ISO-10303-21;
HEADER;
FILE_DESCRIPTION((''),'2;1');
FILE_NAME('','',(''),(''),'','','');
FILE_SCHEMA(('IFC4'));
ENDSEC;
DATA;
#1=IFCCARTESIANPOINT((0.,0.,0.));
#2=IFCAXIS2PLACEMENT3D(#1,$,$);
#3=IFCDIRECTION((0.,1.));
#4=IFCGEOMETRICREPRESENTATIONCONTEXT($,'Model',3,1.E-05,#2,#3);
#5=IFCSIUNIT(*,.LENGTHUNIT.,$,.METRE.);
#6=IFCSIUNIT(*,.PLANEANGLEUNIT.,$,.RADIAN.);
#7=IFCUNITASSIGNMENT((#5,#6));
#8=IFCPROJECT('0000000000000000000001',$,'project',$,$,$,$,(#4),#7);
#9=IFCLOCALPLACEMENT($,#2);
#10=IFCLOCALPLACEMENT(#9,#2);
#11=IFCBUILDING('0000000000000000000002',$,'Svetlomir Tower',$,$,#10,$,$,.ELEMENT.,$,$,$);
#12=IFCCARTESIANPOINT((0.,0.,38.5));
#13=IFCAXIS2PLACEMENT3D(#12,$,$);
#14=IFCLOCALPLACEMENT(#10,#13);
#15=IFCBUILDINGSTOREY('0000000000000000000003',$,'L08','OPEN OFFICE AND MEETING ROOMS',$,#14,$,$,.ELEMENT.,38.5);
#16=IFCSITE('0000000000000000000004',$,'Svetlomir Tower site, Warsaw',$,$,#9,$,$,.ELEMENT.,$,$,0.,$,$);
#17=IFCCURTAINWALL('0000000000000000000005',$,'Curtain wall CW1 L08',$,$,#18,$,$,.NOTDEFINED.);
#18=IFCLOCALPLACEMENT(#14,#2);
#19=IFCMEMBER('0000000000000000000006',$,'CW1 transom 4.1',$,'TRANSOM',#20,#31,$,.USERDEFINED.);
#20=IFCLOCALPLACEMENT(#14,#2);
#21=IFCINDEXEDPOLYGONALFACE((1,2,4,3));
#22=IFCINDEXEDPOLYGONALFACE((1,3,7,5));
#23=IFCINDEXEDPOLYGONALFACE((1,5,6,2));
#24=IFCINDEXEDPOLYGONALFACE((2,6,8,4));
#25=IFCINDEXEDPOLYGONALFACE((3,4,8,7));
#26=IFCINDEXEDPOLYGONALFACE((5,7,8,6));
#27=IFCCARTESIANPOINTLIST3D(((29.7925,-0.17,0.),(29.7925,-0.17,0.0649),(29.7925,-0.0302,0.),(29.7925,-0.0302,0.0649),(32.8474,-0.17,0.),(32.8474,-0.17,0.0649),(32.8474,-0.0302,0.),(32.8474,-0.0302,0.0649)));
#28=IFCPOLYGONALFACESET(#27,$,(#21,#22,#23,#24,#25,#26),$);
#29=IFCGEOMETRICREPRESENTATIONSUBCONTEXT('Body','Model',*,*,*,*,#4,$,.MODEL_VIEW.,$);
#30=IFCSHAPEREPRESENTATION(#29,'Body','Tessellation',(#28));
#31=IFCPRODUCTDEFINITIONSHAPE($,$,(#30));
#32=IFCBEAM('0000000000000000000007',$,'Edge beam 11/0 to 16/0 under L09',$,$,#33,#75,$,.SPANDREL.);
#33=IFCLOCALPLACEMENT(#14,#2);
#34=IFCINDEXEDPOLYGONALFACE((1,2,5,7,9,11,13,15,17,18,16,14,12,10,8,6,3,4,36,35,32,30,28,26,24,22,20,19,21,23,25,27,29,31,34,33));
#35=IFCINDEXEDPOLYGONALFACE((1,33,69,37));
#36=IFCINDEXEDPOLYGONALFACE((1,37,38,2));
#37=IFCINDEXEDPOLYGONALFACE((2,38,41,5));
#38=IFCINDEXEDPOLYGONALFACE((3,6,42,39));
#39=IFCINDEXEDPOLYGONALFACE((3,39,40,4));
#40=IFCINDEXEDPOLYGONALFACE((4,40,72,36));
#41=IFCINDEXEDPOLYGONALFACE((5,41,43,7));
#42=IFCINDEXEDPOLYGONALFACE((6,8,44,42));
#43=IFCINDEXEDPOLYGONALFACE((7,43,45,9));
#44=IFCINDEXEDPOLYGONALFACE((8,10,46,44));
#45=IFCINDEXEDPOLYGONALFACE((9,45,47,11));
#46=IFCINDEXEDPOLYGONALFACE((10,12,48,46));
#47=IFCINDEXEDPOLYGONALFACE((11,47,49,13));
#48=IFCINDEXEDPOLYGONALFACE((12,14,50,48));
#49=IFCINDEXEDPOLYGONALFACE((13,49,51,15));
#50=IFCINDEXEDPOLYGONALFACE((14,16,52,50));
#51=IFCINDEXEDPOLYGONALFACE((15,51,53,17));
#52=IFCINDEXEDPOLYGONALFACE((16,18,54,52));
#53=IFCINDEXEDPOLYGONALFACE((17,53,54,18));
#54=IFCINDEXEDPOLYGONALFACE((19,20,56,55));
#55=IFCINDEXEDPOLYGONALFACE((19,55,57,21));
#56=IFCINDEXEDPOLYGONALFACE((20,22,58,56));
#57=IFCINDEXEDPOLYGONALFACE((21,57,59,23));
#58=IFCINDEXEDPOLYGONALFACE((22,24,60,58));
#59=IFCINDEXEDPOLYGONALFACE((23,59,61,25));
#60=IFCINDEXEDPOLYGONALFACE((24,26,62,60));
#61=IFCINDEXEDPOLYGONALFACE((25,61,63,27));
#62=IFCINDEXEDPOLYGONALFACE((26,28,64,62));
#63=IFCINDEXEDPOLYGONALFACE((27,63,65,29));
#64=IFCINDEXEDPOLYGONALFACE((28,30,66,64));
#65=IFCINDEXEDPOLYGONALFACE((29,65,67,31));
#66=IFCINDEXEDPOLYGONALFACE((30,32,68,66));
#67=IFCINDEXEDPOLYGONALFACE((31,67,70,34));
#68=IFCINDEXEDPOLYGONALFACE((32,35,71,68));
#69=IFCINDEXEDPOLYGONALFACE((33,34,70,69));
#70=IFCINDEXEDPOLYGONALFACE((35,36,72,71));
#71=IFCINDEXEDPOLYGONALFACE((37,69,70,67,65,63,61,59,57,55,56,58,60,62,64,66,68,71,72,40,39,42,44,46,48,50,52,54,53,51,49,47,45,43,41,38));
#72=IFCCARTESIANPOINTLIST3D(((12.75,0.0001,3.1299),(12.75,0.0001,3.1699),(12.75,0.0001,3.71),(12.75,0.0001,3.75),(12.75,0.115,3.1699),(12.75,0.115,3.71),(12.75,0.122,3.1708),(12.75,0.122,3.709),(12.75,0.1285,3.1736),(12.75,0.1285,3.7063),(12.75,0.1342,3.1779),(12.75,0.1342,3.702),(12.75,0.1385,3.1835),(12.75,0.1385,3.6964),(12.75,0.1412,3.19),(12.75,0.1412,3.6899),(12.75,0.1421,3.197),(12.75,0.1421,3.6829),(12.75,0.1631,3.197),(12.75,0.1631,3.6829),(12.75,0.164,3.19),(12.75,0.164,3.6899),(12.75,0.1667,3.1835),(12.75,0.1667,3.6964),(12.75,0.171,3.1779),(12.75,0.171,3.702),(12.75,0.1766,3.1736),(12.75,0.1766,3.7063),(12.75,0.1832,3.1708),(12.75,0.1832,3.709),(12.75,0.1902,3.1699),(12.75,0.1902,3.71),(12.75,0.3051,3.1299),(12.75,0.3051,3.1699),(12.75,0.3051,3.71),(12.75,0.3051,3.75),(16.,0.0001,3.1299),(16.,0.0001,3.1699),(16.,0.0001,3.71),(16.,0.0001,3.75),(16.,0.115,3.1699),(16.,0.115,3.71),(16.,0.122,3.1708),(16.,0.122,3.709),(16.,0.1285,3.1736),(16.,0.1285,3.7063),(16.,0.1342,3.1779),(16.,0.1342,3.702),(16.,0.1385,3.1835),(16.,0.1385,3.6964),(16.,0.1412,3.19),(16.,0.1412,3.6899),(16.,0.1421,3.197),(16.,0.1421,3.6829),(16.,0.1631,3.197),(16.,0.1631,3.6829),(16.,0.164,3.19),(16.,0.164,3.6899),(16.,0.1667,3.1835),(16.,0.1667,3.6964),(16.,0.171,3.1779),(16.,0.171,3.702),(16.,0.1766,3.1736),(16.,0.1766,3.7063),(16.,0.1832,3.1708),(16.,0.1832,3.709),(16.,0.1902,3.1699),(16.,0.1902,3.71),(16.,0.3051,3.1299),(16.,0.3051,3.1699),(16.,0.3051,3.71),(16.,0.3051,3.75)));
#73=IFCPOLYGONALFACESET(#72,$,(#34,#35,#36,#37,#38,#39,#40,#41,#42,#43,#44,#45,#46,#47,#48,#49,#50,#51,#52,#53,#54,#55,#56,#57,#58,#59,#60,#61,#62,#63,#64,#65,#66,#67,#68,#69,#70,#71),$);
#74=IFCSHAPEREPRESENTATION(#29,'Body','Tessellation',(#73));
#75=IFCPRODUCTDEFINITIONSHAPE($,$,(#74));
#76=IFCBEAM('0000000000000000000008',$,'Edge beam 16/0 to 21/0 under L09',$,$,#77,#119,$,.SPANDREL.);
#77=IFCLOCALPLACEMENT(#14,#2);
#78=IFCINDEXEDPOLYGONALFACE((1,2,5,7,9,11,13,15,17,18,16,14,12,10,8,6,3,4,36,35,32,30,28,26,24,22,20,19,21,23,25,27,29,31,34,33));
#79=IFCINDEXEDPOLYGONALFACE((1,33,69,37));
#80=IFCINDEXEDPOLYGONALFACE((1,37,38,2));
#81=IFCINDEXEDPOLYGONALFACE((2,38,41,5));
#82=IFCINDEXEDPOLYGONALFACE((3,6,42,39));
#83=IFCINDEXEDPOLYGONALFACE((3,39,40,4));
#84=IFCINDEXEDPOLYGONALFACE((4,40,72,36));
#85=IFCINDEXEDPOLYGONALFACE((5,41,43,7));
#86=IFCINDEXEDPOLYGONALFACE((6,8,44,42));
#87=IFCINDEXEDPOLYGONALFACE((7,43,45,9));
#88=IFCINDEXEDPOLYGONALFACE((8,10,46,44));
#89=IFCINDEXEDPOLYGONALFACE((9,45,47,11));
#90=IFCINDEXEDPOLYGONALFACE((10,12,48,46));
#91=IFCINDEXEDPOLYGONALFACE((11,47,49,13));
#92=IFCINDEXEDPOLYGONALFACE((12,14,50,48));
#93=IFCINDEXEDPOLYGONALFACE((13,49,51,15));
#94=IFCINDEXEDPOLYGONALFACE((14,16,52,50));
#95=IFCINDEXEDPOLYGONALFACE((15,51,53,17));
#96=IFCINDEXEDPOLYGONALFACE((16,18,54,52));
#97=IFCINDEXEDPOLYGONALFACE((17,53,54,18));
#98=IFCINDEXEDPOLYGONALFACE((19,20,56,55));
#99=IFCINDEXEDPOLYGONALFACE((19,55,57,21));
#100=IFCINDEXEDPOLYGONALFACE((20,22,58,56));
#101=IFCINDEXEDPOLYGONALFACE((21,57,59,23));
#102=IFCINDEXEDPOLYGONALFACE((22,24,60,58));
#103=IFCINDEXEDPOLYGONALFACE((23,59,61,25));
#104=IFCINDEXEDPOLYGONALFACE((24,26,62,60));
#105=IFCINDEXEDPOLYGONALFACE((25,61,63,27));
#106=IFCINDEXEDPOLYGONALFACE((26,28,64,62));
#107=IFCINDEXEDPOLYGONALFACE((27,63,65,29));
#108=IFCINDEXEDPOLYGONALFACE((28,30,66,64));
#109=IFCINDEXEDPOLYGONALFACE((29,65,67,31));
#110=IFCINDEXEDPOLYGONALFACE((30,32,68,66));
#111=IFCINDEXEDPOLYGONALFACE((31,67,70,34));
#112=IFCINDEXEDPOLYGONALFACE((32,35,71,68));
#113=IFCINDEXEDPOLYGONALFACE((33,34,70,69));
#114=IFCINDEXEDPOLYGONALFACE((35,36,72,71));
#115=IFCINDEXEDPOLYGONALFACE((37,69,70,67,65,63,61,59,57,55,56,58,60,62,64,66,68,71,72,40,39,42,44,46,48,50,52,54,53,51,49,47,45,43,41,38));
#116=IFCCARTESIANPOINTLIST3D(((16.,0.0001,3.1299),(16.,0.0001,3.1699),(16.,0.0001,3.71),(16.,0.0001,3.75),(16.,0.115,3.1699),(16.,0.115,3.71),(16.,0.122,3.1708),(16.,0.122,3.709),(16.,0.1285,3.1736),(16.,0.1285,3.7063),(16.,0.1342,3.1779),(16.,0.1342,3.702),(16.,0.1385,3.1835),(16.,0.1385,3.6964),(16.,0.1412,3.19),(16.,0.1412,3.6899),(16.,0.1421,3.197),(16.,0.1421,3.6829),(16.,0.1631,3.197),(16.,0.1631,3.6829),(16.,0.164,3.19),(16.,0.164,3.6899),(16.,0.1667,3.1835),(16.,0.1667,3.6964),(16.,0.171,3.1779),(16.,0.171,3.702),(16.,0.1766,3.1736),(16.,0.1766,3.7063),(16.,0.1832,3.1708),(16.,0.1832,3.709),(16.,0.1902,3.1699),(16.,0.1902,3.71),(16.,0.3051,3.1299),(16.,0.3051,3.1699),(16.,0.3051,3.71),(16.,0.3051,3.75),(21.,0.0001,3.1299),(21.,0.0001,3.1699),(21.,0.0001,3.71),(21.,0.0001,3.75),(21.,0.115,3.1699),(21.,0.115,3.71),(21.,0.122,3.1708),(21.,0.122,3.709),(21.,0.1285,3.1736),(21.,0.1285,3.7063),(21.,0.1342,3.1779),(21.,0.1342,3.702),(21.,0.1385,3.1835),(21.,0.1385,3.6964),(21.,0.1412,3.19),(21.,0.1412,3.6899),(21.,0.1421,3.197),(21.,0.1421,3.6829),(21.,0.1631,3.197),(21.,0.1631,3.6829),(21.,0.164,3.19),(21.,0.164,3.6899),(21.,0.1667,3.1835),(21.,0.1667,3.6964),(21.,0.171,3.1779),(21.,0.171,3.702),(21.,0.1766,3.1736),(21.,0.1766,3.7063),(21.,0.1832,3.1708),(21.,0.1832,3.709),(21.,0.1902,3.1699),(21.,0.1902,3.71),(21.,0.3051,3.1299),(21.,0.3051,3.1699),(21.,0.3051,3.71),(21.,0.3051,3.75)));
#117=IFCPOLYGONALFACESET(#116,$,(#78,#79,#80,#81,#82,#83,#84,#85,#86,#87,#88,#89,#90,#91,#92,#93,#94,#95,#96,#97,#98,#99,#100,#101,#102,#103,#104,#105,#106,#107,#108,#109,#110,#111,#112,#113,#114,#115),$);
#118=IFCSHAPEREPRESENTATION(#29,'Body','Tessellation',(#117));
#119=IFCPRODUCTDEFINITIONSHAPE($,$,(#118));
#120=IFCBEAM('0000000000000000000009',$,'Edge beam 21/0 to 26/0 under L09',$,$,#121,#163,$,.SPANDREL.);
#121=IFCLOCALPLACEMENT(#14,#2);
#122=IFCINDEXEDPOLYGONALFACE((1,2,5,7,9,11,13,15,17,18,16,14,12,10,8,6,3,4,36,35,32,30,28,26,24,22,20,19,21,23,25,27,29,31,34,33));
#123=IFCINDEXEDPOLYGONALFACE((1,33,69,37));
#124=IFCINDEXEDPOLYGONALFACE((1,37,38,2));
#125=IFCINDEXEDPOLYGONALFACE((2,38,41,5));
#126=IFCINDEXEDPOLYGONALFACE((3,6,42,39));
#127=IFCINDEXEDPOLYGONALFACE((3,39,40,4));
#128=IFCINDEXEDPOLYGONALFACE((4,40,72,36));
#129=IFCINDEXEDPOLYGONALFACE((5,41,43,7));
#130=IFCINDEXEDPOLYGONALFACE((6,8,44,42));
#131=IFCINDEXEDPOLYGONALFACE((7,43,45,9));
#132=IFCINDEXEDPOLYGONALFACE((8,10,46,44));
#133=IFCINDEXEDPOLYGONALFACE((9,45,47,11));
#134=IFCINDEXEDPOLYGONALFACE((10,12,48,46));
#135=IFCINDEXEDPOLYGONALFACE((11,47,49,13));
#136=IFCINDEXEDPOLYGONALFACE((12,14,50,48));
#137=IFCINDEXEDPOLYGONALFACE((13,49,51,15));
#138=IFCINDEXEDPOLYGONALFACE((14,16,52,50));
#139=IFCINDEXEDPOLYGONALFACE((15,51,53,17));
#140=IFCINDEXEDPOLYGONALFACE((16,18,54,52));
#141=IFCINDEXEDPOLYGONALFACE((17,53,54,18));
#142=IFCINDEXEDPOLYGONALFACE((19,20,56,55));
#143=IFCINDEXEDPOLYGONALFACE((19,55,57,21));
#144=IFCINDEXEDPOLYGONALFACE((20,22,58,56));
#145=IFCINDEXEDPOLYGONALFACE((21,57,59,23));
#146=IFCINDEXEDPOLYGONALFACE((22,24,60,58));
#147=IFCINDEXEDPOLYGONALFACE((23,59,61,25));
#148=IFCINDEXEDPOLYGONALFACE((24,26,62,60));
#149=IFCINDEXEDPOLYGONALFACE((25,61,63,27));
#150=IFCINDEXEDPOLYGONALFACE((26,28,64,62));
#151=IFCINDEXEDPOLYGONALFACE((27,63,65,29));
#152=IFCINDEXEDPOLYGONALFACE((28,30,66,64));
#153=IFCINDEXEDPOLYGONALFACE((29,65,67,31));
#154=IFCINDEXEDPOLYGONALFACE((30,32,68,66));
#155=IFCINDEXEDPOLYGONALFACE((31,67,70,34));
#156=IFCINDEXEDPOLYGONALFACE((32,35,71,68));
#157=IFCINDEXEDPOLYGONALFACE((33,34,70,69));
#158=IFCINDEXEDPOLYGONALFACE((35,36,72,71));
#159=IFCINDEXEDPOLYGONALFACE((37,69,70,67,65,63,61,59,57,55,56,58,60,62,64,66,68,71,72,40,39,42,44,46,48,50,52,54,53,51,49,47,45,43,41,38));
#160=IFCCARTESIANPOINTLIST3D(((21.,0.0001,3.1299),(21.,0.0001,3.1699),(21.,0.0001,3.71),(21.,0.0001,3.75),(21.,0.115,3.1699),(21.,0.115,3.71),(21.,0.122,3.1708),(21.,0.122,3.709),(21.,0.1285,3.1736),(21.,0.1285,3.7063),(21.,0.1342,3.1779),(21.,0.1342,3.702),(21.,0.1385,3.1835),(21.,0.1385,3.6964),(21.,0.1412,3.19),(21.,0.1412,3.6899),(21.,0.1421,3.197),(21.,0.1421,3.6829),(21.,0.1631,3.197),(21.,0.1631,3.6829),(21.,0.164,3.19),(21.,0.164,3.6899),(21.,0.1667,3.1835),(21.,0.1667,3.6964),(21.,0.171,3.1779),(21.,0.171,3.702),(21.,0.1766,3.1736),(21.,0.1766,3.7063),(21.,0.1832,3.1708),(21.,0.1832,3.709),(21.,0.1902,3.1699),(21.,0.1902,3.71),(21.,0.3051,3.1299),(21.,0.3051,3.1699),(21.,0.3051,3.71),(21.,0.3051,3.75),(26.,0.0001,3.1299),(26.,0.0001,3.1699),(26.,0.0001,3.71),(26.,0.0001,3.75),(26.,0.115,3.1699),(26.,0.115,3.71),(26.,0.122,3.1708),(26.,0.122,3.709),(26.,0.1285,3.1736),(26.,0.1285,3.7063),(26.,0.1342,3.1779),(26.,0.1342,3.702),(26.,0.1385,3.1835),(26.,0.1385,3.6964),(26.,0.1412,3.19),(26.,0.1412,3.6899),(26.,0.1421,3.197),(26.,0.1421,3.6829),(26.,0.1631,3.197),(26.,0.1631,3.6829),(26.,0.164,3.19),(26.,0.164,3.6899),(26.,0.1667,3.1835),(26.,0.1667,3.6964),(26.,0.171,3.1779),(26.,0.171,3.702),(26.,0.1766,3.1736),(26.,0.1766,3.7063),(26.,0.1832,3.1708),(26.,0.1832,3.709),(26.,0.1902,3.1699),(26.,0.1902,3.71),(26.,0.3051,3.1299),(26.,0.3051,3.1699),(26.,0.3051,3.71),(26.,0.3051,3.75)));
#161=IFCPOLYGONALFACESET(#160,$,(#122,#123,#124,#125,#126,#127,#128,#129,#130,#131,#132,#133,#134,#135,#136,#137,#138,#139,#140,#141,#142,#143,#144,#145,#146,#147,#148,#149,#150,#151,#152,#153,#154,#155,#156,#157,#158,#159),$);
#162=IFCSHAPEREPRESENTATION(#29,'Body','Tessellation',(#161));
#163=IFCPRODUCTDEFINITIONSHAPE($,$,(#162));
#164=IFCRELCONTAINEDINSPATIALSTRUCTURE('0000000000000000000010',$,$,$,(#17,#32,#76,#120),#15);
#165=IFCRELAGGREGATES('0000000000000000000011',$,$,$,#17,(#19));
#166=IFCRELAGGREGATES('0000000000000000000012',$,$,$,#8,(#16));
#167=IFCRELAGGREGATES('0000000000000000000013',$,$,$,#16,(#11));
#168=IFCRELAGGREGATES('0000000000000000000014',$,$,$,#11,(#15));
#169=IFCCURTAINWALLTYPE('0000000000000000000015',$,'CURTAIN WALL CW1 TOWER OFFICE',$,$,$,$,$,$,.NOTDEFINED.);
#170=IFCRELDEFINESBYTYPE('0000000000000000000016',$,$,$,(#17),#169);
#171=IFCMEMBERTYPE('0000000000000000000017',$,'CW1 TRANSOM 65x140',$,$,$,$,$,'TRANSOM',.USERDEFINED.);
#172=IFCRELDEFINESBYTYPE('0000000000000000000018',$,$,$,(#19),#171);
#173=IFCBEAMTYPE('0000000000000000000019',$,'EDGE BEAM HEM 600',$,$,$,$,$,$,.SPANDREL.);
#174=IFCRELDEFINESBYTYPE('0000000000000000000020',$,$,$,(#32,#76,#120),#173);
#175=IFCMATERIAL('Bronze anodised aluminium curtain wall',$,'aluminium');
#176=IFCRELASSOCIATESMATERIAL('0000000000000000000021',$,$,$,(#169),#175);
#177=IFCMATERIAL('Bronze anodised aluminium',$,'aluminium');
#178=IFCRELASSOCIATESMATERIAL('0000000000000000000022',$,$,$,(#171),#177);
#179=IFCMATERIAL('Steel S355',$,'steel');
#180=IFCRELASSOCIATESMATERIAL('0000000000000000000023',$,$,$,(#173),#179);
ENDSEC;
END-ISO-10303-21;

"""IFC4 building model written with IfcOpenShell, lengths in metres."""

from ifc_helpers import new_model, si_unit, direction, frame, origin, origin_2d, place, context, subcontext, project, spatial, rectangle, i_section, extrude, material, material_profile, profile_set, type_object, element, aggregate, save


model = new_model("IFC4")

# Units and contexts
model_context = context("Model", 3, precision=1e-05, world=origin(), true_north=direction((0.0, 1.0)))
body_context = subcontext(model_context, "Body", "Model", "MODEL_VIEW")
ifc_project = project(units=[si_unit("LENGTHUNIT", "METRE"), si_unit("PLANEANGLEUNIT", "RADIAN")], contexts=[model_context])

# Site, building, storey
site_placement = place(None, origin())
site = spatial("IfcSite", under=ifc_project, at=site_placement, Name="Svetlomir Tower site, Warsaw", CompositionType="ELEMENT", RefElevation=0.0)
building_placement = place(site_placement, origin())
building = spatial("IfcBuilding", under=site, at=building_placement, Name="Svetlomir Tower", CompositionType="ELEMENT")
storey_placement = place(building_placement, frame((0.0, 0.0, 38.5)))
storey = spatial("IfcBuildingStorey", under=building, at=storey_placement, Name="L08", Description="OPEN OFFICE AND MEETING ROOMS", CompositionType="ELEMENT", Elevation=38.5)

# Curtain wall
ifc_material_1 = material(Name="Bronze anodised aluminium curtain wall", Category="aluminium")
curtain_wall_type = type_object("IfcCurtainWallType", Name="CURTAIN WALL CW1 TOWER OFFICE", PredefinedType="NOTDEFINED", material=ifc_material_1)
curtain_wall_1_placement = place(storey_placement, origin())
curtain_wall_1 = element("IfcCurtainWall", 1, at=curtain_wall_1_placement, inside=storey, type_object=curtain_wall_type, Name="Curtain wall CW1 L08", PredefinedType="NOTDEFINED")

# Member
ifc_material_2 = material(Name="Bronze anodised aluminium", Category="aluminium")
ifc_material_profile_1 = material_profile(ifc_material_2, rectangle(XDim=0.1399, YDim=0.0649, at=origin_2d()), Name="AL 140x65")
ifc_profile_set_1 = profile_set([ifc_material_profile_1], Name="Bronze anodised aluminium 6063-T6")
member_type_1 = type_object("IfcMemberType", Name="CW1 TRANSOM 65x140", ElementType="TRANSOM", PredefinedType="USERDEFINED", material=ifc_profile_set_1)
member_1_placement = place(storey_placement, frame((29.7925, -0.1001, 0.0325), z_axis=(1.0, 0.0, 0.0), x_axis=(0.0, 1.0, 0.0)))
member_1 = element("IfcMember", 2, at=member_1_placement, type_object=member_type_1, Name="CW1 transom 4.1", ObjectType="TRANSOM", PredefinedType="USERDEFINED", context=body_context, shape_type="SweptSolid", body=[
    extrude(rectangle(XDim=0.1399, YDim=0.0649, at=origin_2d()), origin(), (0.0, 0.0, 1.0), 3.0549),
])

# Beams
ifc_material_3 = material(Name="Steel S355", Category="steel")
ifc_material_profile_2 = material_profile(ifc_material_3, i_section(OverallWidth=0.3049, OverallDepth=0.6201, WebThickness=0.021, FlangeThickness=0.04, FilletRadius=0.0271, at=origin_2d()), Name="HEM 600")
ifc_profile_set_2 = profile_set([ifc_material_profile_2], Name="Steel S355")
beam_type_1 = type_object("IfcBeamType", Name="EDGE BEAM HEM 600", PredefinedType="SPANDREL", material=ifc_profile_set_2)
beam_1_placement = place(storey_placement, frame((12.75, 0.1526, 3.4399), z_axis=(1.0, 0.0, 0.0), x_axis=(0.0, 1.0, 0.0)))
element("IfcBeam", 3, at=beam_1_placement, inside=storey, type_object=beam_type_1, Name="Edge beam 11/0 to 16/0 under L09", PredefinedType="SPANDREL", context=body_context, shape_type="SweptSolid", body=[
    extrude(i_section(OverallWidth=0.3049, OverallDepth=0.6201, WebThickness=0.021, FlangeThickness=0.04, FilletRadius=0.0271, at=origin_2d()), origin(), (0.0, 0.0, 1.0), 3.25),
])
for number, where, z_axis, x_axis, name in (
    (4, (16.0, 0.1526, 3.4399), (1.0, 0.0, 0.0), (0.0, 1.0, 0.0), "Edge beam 16/0 to 21/0 under L09"),
    (5, (21.0, 0.1526, 3.4399), (1.0, 0.0, 0.0), (0.0, 1.0, 0.0), "Edge beam 21/0 to 26/0 under L09"),
):
    element("IfcBeam", number, at=place(storey_placement, frame(where, z_axis=z_axis, x_axis=x_axis)), inside=storey, type_object=beam_type_1, Name=name, PredefinedType="SPANDREL", context=body_context, shape_type="SweptSolid", body=[
        extrude(i_section(OverallWidth=0.3049, OverallDepth=0.6201, WebThickness=0.021, FlangeThickness=0.04, FilletRadius=0.0271, at=origin_2d()), origin(), (0.0, 0.0, 1.0), 5.0),
    ])

aggregate(curtain_wall_1, [member_1])

save(model, "model.ifc")
